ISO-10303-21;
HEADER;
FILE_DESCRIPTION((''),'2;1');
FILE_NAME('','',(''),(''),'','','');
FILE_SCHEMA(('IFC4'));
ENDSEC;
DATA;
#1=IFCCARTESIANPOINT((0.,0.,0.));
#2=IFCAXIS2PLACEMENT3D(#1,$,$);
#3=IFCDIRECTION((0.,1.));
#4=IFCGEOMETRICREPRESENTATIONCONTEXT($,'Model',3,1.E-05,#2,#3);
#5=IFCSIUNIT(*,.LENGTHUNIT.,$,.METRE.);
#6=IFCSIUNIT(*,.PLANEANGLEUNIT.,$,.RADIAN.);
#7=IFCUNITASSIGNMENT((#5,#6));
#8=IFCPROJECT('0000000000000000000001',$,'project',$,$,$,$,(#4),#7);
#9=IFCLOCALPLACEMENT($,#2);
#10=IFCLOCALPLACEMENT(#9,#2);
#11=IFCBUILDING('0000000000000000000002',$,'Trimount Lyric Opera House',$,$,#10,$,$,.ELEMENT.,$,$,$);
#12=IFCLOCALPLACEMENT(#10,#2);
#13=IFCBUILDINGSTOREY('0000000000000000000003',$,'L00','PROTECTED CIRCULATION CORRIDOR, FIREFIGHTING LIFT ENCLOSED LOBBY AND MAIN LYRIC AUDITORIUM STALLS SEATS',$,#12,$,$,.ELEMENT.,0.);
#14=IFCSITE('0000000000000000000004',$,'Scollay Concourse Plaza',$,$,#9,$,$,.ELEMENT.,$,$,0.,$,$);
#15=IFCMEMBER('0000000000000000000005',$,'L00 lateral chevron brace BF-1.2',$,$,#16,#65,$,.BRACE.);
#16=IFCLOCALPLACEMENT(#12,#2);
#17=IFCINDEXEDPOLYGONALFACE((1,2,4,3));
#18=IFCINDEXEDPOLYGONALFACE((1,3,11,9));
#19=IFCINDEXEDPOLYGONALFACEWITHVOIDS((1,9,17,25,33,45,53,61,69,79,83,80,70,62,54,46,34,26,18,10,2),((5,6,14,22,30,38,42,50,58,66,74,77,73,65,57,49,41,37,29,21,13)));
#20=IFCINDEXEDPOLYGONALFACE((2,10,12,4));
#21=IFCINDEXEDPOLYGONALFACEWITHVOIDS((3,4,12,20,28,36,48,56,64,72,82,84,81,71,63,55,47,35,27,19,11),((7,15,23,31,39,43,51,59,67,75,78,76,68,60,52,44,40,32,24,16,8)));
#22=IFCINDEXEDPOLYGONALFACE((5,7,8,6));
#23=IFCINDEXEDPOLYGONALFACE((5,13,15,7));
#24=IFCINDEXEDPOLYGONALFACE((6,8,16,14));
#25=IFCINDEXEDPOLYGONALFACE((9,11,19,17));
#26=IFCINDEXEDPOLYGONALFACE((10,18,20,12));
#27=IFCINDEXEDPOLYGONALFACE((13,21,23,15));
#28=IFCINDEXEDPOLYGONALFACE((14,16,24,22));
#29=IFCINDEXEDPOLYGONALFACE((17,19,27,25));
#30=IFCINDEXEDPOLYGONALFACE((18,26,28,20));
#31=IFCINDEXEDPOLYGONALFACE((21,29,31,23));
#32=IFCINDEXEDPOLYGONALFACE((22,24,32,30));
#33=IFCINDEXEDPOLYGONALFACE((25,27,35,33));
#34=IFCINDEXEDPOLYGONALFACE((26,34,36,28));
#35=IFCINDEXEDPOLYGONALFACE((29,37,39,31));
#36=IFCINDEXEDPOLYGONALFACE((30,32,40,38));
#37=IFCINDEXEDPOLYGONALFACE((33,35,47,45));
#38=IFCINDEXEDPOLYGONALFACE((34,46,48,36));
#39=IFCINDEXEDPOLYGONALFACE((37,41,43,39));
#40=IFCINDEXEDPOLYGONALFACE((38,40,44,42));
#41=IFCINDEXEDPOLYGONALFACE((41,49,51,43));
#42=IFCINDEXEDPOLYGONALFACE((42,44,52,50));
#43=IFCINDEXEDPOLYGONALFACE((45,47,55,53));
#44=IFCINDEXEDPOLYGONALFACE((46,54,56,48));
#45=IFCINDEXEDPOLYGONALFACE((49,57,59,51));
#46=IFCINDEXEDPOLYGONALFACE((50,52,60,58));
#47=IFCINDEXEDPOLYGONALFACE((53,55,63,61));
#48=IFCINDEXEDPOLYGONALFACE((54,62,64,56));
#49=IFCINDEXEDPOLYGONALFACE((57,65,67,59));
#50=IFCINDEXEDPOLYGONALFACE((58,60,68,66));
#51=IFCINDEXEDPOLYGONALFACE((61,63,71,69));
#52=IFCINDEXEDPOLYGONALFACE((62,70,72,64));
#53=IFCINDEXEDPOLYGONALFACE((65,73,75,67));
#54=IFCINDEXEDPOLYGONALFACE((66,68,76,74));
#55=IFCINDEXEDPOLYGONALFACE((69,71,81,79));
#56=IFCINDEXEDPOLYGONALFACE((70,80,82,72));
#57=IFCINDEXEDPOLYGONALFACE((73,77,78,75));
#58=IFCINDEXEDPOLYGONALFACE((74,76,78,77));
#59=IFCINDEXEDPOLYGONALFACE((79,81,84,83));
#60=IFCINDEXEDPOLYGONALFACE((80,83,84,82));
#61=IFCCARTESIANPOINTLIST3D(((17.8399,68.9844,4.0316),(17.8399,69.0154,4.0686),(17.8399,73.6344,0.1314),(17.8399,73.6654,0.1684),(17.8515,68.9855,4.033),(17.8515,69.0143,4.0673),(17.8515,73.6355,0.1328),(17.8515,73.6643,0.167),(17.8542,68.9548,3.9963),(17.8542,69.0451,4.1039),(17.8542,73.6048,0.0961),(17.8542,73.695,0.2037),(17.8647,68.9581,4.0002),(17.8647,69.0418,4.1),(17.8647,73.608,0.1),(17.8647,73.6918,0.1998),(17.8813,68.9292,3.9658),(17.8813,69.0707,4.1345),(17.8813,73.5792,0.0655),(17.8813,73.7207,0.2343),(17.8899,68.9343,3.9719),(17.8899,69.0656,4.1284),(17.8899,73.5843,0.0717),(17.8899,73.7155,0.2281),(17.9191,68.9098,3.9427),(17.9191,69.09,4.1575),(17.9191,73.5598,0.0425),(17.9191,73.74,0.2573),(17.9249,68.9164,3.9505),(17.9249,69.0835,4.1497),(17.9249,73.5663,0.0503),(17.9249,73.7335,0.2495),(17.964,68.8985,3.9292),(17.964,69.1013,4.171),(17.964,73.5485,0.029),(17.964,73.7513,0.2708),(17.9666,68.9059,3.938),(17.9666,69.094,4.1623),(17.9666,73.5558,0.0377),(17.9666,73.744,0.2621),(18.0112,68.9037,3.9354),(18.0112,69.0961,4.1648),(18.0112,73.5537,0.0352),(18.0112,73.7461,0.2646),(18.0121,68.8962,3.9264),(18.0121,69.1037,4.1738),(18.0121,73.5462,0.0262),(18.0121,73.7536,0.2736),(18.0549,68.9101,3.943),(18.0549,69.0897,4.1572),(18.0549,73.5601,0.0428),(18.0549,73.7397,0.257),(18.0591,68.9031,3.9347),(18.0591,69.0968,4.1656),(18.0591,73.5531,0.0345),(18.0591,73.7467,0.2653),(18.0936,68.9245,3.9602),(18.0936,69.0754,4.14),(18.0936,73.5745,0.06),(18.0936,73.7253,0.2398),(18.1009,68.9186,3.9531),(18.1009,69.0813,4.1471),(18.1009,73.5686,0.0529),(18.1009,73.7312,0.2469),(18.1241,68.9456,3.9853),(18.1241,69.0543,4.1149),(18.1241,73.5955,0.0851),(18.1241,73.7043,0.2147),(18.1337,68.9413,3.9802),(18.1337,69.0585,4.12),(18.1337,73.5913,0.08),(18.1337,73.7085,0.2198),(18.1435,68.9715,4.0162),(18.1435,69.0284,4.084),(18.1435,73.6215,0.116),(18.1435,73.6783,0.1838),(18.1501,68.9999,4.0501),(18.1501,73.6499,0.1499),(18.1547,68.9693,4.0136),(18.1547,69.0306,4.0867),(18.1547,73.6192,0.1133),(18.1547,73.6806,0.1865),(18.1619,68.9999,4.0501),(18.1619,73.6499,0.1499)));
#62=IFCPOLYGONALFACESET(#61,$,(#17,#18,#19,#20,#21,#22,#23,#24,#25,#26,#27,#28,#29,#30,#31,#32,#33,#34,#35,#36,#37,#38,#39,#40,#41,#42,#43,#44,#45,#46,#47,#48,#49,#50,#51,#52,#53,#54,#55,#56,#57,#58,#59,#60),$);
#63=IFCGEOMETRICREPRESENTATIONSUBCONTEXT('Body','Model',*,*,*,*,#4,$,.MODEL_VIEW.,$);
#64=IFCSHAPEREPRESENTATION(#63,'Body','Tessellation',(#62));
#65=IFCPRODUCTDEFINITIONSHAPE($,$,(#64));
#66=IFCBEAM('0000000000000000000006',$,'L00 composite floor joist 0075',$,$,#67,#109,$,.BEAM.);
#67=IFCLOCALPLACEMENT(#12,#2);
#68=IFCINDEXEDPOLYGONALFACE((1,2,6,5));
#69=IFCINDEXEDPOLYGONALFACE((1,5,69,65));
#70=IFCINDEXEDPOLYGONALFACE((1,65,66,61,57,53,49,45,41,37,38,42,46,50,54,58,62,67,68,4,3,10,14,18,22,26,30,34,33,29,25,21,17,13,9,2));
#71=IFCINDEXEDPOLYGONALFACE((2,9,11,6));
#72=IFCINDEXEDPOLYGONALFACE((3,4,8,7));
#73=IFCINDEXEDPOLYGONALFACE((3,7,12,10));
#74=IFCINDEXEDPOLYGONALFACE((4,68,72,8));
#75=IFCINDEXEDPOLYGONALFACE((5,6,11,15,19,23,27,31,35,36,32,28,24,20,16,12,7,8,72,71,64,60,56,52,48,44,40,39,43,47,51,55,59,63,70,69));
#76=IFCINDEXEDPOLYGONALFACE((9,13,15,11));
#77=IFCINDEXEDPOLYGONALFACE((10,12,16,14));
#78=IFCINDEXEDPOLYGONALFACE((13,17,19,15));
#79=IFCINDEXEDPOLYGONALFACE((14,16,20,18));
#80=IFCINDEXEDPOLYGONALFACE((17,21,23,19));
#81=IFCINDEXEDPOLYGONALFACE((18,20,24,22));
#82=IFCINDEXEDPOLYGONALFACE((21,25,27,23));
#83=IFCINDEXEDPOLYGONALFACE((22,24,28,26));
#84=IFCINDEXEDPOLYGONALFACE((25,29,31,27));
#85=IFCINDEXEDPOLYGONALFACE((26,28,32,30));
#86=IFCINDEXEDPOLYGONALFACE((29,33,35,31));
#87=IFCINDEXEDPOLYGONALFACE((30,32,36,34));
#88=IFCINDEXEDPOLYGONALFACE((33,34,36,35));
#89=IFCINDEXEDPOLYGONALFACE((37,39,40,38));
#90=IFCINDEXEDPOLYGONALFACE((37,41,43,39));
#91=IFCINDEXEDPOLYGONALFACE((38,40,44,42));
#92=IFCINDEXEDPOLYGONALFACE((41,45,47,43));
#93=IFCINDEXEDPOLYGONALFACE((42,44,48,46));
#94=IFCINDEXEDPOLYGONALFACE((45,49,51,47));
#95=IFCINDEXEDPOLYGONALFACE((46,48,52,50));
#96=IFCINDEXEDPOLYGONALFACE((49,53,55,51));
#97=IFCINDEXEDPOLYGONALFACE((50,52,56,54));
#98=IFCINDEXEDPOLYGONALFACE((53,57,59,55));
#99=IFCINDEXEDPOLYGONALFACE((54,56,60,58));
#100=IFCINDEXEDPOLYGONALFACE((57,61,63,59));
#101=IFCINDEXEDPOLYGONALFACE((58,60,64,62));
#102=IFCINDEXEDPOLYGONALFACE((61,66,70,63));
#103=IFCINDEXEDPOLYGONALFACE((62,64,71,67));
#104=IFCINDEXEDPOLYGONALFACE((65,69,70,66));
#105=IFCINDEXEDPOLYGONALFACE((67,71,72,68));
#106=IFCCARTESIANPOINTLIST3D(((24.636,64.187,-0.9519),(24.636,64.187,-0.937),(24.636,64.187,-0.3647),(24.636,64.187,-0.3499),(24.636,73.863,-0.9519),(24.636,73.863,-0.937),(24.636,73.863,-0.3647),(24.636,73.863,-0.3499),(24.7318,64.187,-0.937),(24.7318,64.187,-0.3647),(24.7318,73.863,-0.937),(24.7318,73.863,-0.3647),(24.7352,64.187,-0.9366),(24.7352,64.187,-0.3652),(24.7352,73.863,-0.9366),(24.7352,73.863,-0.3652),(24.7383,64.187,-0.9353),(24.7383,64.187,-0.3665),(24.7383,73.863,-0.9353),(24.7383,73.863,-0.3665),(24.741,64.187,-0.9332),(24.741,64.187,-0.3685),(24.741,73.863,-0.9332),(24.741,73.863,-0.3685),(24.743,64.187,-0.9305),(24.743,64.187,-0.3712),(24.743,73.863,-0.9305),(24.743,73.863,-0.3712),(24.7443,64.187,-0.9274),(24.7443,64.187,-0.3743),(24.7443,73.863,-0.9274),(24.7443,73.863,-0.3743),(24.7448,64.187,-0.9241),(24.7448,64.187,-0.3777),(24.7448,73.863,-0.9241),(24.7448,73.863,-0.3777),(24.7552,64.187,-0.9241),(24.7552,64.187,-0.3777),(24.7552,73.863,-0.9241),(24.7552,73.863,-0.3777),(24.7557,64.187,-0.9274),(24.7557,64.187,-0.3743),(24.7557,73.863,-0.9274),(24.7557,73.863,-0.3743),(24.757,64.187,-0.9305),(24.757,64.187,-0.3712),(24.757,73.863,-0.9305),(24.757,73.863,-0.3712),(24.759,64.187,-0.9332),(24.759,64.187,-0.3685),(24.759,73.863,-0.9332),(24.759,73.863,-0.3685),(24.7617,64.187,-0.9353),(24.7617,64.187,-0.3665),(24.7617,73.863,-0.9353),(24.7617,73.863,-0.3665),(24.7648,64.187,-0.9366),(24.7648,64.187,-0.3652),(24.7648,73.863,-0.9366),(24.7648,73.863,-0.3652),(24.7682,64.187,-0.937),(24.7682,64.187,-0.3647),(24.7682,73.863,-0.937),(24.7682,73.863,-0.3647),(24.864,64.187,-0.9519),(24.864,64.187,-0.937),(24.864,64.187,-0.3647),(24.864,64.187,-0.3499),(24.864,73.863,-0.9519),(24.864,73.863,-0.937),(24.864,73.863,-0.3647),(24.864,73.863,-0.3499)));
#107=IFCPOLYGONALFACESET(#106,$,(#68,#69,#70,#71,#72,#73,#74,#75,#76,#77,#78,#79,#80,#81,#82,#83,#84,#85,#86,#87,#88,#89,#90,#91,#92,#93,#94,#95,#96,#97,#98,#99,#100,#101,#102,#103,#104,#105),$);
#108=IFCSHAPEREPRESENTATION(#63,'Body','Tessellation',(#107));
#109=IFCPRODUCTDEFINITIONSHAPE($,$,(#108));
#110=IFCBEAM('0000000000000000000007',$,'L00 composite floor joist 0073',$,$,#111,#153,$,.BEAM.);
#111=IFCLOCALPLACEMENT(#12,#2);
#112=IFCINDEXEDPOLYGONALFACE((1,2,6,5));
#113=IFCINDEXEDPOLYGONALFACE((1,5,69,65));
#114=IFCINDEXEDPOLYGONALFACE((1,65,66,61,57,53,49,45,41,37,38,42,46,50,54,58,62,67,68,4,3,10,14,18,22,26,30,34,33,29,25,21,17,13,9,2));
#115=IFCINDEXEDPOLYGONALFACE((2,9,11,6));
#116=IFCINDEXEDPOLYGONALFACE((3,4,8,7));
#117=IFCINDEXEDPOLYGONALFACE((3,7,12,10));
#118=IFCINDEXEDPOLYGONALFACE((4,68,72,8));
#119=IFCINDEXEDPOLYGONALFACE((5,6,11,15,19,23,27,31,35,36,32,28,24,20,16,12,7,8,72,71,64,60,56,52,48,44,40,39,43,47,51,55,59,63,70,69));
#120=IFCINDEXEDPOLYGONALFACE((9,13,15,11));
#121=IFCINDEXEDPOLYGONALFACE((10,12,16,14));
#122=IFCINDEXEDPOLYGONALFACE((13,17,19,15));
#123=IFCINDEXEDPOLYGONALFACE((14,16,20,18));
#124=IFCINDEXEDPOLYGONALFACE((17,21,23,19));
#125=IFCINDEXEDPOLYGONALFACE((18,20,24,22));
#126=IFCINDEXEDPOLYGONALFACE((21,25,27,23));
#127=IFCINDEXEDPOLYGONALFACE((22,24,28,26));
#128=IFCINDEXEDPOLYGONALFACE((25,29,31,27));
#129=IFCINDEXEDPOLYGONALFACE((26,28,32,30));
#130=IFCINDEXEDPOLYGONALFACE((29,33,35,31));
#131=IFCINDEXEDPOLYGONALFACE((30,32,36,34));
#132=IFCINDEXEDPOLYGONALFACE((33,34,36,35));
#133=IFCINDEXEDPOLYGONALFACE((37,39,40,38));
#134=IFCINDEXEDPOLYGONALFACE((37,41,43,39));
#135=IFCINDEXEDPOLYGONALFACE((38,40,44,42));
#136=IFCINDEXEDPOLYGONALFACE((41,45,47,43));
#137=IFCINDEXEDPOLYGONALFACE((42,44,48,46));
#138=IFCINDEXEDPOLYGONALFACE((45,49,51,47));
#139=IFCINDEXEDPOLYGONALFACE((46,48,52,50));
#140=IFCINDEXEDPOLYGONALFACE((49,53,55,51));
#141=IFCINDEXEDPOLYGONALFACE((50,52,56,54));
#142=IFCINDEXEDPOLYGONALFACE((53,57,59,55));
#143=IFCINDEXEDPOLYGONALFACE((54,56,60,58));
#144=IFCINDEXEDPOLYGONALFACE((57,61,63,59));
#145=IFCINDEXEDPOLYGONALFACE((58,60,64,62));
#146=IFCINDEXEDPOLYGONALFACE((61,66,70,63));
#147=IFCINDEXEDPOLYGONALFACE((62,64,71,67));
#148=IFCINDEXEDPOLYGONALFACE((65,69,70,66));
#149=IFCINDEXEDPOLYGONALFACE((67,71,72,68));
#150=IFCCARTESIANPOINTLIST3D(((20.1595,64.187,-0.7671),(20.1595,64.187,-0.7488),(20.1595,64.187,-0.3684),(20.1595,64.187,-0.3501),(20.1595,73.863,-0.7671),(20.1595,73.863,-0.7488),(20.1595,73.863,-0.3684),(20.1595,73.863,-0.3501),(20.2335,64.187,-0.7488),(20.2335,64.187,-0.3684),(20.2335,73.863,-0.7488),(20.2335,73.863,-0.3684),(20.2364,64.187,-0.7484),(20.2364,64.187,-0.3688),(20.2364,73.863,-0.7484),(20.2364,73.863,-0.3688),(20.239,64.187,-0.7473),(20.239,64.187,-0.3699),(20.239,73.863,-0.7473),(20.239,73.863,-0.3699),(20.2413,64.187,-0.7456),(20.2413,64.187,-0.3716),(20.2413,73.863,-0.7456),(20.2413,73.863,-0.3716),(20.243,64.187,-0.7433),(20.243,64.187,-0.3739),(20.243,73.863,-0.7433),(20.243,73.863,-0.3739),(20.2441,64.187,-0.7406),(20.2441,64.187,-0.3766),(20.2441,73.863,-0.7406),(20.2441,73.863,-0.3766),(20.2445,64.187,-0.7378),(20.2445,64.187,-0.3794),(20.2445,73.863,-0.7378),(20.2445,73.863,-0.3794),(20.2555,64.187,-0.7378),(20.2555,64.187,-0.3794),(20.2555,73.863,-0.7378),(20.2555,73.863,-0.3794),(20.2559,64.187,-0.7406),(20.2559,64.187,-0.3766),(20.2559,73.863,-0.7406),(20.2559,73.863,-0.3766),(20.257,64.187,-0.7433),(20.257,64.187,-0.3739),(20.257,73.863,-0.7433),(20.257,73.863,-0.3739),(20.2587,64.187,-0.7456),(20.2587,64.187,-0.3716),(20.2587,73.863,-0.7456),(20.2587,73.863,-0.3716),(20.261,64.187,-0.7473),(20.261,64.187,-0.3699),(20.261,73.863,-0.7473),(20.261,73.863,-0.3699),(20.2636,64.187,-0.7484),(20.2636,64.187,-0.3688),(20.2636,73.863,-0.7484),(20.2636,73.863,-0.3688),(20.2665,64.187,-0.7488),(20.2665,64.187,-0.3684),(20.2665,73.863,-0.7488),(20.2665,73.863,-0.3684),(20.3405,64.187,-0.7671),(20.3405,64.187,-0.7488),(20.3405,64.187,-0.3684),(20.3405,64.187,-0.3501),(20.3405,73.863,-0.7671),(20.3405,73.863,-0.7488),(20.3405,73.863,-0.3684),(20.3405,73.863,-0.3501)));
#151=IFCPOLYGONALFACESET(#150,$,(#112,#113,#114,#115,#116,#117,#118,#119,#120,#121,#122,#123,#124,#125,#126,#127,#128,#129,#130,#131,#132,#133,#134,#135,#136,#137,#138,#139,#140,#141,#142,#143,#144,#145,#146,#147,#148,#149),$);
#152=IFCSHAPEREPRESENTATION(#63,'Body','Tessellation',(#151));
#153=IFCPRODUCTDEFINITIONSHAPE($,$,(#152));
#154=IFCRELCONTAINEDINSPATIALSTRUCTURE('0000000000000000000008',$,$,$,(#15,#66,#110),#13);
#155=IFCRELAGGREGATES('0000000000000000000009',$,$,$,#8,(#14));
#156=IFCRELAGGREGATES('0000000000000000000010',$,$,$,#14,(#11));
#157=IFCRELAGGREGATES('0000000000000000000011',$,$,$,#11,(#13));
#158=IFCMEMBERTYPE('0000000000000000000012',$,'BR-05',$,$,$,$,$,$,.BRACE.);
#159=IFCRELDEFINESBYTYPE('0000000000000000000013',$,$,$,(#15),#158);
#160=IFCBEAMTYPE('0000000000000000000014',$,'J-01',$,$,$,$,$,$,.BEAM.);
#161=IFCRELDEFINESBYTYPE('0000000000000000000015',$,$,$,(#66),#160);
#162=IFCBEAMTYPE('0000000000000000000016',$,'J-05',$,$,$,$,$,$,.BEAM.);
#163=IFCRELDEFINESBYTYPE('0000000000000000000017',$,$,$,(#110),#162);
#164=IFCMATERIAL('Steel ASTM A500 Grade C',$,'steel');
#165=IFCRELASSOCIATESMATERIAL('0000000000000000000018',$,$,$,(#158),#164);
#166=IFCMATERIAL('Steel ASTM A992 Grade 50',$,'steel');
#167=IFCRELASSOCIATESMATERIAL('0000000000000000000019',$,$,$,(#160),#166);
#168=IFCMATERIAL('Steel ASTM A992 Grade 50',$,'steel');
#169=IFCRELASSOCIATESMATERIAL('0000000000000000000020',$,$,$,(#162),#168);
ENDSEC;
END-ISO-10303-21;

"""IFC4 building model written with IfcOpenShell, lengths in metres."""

from ifc_helpers import new_model, si_unit, direction, frame, origin, origin_2d, place, context, subcontext, project, spatial, hollow_circle, i_section, extrude, material, material_profile, profile_set, type_object, element, save


model = new_model("IFC4")

# Units and contexts
model_context = context("Model", 3, precision=1e-05, world=origin(), true_north=direction((0.0, 1.0)))
body_context = subcontext(model_context, "Body", "Model", "MODEL_VIEW")
ifc_project = project(units=[si_unit("LENGTHUNIT", "METRE"), si_unit("PLANEANGLEUNIT", "RADIAN")], contexts=[model_context])

# Site, building, storey
site_placement = place(None, origin())
site = spatial("IfcSite", under=ifc_project, at=site_placement, Name="Scollay Concourse Plaza", CompositionType="ELEMENT", RefElevation=0.0)
building_placement = place(site_placement, origin())
building = spatial("IfcBuilding", under=site, at=building_placement, Name="Trimount Lyric Opera House", CompositionType="ELEMENT")
storey_placement = place(building_placement, origin())
storey = spatial("IfcBuildingStorey", under=building, at=storey_placement, Name="L00", Description="PROTECTED CIRCULATION CORRIDOR, FIREFIGHTING LIFT ENCLOSED LOBBY AND MAIN LYRIC AUDITORIUM STALLS SEATS", CompositionType="ELEMENT", Elevation=0.0)

# Member
ifc_material_1 = material(Name="Steel ASTM A500 Grade C", Category="steel")
ifc_material_profile_1 = material_profile(ifc_material_1, hollow_circle(Radius=0.1619, WallThickness=0.0117, at=origin_2d()), Name="HSS323.9X12.7")
ifc_profile_set_1 = profile_set([ifc_material_profile_1], Name="Steel ASTM A500 Grade C")
member_type_1 = type_object("IfcMemberType", Name="BR-05", PredefinedType="BRACE", material=ifc_profile_set_1)
member_1_placement = place(storey_placement, frame((18.0, 73.6499, 0.1499), z_axis=(0.0, -0.766173, 0.642634), x_axis=(1.0, 0.0, 0.0)))
element("IfcMember", 1, at=member_1_placement, inside=storey, type_object=member_type_1, Name="L00 lateral chevron brace BF-1.2", PredefinedType="BRACE", context=body_context, shape_type="SweptSolid", body=[
    extrude(hollow_circle(Radius=0.1619, WallThickness=0.0117, at=origin_2d()), origin(), (0.0, 0.0, 1.0), 6.0691),
])

# Beams
ifc_material_2 = material(Name="Steel ASTM A992 Grade 50", Category="steel")
ifc_material_profile_2 = material_profile(ifc_material_2, i_section(OverallWidth=0.228, OverallDepth=0.6021, WebThickness=0.0105, FlangeThickness=0.0149, FilletRadius=0.0129, at=origin_2d()), Name="W24X68")
ifc_profile_set_2 = profile_set([ifc_material_profile_2], Name="Steel ASTM A992 Grade 50")
beam_type_1 = type_object("IfcBeamType", Name="J-01", PredefinedType="BEAM", material=ifc_profile_set_2)
beam_1_placement = place(storey_placement, frame((24.75, 64.187, -0.6509), z_axis=(0.0, 1.0, 0.0), x_axis=(-1.0, 0.0, 0.0)))
element("IfcBeam", 2, at=beam_1_placement, inside=storey, type_object=beam_type_1, Name="L00 composite floor joist 0075", PredefinedType="BEAM", context=body_context, shape_type="SweptSolid", body=[
    extrude(i_section(OverallWidth=0.228, OverallDepth=0.6021, WebThickness=0.0105, FlangeThickness=0.0149, FilletRadius=0.0129, at=origin_2d()), origin(), (0.0, 0.0, 1.0), 9.676),
])
ifc_material_3 = material(Name="Steel ASTM A992 Grade 50", Category="steel")
ifc_material_profile_3 = material_profile(ifc_material_3, i_section(OverallWidth=0.1809, OverallDepth=0.417, WebThickness=0.011, FlangeThickness=0.0183, FilletRadius=0.011, at=origin_2d()), Name="W16X57")
ifc_profile_set_3 = profile_set([ifc_material_profile_3], Name="Steel ASTM A992 Grade 50")
beam_type_2 = type_object("IfcBeamType", Name="J-05", PredefinedType="BEAM", material=ifc_profile_set_3)
beam_2_placement = place(storey_placement, frame((20.25, 64.187, -0.5586), z_axis=(0.0, 1.0, 0.0), x_axis=(-1.0, 0.0, 0.0)))
element("IfcBeam", 3, at=beam_2_placement, inside=storey, type_object=beam_type_2, Name="L00 composite floor joist 0073", PredefinedType="BEAM", context=body_context, shape_type="SweptSolid", body=[
    extrude(i_section(OverallWidth=0.1809, OverallDepth=0.417, WebThickness=0.011, FlangeThickness=0.0183, FilletRadius=0.011, at=origin_2d()), origin(), (0.0, 0.0, 1.0), 9.676),
])

save(model, "model.ifc")
